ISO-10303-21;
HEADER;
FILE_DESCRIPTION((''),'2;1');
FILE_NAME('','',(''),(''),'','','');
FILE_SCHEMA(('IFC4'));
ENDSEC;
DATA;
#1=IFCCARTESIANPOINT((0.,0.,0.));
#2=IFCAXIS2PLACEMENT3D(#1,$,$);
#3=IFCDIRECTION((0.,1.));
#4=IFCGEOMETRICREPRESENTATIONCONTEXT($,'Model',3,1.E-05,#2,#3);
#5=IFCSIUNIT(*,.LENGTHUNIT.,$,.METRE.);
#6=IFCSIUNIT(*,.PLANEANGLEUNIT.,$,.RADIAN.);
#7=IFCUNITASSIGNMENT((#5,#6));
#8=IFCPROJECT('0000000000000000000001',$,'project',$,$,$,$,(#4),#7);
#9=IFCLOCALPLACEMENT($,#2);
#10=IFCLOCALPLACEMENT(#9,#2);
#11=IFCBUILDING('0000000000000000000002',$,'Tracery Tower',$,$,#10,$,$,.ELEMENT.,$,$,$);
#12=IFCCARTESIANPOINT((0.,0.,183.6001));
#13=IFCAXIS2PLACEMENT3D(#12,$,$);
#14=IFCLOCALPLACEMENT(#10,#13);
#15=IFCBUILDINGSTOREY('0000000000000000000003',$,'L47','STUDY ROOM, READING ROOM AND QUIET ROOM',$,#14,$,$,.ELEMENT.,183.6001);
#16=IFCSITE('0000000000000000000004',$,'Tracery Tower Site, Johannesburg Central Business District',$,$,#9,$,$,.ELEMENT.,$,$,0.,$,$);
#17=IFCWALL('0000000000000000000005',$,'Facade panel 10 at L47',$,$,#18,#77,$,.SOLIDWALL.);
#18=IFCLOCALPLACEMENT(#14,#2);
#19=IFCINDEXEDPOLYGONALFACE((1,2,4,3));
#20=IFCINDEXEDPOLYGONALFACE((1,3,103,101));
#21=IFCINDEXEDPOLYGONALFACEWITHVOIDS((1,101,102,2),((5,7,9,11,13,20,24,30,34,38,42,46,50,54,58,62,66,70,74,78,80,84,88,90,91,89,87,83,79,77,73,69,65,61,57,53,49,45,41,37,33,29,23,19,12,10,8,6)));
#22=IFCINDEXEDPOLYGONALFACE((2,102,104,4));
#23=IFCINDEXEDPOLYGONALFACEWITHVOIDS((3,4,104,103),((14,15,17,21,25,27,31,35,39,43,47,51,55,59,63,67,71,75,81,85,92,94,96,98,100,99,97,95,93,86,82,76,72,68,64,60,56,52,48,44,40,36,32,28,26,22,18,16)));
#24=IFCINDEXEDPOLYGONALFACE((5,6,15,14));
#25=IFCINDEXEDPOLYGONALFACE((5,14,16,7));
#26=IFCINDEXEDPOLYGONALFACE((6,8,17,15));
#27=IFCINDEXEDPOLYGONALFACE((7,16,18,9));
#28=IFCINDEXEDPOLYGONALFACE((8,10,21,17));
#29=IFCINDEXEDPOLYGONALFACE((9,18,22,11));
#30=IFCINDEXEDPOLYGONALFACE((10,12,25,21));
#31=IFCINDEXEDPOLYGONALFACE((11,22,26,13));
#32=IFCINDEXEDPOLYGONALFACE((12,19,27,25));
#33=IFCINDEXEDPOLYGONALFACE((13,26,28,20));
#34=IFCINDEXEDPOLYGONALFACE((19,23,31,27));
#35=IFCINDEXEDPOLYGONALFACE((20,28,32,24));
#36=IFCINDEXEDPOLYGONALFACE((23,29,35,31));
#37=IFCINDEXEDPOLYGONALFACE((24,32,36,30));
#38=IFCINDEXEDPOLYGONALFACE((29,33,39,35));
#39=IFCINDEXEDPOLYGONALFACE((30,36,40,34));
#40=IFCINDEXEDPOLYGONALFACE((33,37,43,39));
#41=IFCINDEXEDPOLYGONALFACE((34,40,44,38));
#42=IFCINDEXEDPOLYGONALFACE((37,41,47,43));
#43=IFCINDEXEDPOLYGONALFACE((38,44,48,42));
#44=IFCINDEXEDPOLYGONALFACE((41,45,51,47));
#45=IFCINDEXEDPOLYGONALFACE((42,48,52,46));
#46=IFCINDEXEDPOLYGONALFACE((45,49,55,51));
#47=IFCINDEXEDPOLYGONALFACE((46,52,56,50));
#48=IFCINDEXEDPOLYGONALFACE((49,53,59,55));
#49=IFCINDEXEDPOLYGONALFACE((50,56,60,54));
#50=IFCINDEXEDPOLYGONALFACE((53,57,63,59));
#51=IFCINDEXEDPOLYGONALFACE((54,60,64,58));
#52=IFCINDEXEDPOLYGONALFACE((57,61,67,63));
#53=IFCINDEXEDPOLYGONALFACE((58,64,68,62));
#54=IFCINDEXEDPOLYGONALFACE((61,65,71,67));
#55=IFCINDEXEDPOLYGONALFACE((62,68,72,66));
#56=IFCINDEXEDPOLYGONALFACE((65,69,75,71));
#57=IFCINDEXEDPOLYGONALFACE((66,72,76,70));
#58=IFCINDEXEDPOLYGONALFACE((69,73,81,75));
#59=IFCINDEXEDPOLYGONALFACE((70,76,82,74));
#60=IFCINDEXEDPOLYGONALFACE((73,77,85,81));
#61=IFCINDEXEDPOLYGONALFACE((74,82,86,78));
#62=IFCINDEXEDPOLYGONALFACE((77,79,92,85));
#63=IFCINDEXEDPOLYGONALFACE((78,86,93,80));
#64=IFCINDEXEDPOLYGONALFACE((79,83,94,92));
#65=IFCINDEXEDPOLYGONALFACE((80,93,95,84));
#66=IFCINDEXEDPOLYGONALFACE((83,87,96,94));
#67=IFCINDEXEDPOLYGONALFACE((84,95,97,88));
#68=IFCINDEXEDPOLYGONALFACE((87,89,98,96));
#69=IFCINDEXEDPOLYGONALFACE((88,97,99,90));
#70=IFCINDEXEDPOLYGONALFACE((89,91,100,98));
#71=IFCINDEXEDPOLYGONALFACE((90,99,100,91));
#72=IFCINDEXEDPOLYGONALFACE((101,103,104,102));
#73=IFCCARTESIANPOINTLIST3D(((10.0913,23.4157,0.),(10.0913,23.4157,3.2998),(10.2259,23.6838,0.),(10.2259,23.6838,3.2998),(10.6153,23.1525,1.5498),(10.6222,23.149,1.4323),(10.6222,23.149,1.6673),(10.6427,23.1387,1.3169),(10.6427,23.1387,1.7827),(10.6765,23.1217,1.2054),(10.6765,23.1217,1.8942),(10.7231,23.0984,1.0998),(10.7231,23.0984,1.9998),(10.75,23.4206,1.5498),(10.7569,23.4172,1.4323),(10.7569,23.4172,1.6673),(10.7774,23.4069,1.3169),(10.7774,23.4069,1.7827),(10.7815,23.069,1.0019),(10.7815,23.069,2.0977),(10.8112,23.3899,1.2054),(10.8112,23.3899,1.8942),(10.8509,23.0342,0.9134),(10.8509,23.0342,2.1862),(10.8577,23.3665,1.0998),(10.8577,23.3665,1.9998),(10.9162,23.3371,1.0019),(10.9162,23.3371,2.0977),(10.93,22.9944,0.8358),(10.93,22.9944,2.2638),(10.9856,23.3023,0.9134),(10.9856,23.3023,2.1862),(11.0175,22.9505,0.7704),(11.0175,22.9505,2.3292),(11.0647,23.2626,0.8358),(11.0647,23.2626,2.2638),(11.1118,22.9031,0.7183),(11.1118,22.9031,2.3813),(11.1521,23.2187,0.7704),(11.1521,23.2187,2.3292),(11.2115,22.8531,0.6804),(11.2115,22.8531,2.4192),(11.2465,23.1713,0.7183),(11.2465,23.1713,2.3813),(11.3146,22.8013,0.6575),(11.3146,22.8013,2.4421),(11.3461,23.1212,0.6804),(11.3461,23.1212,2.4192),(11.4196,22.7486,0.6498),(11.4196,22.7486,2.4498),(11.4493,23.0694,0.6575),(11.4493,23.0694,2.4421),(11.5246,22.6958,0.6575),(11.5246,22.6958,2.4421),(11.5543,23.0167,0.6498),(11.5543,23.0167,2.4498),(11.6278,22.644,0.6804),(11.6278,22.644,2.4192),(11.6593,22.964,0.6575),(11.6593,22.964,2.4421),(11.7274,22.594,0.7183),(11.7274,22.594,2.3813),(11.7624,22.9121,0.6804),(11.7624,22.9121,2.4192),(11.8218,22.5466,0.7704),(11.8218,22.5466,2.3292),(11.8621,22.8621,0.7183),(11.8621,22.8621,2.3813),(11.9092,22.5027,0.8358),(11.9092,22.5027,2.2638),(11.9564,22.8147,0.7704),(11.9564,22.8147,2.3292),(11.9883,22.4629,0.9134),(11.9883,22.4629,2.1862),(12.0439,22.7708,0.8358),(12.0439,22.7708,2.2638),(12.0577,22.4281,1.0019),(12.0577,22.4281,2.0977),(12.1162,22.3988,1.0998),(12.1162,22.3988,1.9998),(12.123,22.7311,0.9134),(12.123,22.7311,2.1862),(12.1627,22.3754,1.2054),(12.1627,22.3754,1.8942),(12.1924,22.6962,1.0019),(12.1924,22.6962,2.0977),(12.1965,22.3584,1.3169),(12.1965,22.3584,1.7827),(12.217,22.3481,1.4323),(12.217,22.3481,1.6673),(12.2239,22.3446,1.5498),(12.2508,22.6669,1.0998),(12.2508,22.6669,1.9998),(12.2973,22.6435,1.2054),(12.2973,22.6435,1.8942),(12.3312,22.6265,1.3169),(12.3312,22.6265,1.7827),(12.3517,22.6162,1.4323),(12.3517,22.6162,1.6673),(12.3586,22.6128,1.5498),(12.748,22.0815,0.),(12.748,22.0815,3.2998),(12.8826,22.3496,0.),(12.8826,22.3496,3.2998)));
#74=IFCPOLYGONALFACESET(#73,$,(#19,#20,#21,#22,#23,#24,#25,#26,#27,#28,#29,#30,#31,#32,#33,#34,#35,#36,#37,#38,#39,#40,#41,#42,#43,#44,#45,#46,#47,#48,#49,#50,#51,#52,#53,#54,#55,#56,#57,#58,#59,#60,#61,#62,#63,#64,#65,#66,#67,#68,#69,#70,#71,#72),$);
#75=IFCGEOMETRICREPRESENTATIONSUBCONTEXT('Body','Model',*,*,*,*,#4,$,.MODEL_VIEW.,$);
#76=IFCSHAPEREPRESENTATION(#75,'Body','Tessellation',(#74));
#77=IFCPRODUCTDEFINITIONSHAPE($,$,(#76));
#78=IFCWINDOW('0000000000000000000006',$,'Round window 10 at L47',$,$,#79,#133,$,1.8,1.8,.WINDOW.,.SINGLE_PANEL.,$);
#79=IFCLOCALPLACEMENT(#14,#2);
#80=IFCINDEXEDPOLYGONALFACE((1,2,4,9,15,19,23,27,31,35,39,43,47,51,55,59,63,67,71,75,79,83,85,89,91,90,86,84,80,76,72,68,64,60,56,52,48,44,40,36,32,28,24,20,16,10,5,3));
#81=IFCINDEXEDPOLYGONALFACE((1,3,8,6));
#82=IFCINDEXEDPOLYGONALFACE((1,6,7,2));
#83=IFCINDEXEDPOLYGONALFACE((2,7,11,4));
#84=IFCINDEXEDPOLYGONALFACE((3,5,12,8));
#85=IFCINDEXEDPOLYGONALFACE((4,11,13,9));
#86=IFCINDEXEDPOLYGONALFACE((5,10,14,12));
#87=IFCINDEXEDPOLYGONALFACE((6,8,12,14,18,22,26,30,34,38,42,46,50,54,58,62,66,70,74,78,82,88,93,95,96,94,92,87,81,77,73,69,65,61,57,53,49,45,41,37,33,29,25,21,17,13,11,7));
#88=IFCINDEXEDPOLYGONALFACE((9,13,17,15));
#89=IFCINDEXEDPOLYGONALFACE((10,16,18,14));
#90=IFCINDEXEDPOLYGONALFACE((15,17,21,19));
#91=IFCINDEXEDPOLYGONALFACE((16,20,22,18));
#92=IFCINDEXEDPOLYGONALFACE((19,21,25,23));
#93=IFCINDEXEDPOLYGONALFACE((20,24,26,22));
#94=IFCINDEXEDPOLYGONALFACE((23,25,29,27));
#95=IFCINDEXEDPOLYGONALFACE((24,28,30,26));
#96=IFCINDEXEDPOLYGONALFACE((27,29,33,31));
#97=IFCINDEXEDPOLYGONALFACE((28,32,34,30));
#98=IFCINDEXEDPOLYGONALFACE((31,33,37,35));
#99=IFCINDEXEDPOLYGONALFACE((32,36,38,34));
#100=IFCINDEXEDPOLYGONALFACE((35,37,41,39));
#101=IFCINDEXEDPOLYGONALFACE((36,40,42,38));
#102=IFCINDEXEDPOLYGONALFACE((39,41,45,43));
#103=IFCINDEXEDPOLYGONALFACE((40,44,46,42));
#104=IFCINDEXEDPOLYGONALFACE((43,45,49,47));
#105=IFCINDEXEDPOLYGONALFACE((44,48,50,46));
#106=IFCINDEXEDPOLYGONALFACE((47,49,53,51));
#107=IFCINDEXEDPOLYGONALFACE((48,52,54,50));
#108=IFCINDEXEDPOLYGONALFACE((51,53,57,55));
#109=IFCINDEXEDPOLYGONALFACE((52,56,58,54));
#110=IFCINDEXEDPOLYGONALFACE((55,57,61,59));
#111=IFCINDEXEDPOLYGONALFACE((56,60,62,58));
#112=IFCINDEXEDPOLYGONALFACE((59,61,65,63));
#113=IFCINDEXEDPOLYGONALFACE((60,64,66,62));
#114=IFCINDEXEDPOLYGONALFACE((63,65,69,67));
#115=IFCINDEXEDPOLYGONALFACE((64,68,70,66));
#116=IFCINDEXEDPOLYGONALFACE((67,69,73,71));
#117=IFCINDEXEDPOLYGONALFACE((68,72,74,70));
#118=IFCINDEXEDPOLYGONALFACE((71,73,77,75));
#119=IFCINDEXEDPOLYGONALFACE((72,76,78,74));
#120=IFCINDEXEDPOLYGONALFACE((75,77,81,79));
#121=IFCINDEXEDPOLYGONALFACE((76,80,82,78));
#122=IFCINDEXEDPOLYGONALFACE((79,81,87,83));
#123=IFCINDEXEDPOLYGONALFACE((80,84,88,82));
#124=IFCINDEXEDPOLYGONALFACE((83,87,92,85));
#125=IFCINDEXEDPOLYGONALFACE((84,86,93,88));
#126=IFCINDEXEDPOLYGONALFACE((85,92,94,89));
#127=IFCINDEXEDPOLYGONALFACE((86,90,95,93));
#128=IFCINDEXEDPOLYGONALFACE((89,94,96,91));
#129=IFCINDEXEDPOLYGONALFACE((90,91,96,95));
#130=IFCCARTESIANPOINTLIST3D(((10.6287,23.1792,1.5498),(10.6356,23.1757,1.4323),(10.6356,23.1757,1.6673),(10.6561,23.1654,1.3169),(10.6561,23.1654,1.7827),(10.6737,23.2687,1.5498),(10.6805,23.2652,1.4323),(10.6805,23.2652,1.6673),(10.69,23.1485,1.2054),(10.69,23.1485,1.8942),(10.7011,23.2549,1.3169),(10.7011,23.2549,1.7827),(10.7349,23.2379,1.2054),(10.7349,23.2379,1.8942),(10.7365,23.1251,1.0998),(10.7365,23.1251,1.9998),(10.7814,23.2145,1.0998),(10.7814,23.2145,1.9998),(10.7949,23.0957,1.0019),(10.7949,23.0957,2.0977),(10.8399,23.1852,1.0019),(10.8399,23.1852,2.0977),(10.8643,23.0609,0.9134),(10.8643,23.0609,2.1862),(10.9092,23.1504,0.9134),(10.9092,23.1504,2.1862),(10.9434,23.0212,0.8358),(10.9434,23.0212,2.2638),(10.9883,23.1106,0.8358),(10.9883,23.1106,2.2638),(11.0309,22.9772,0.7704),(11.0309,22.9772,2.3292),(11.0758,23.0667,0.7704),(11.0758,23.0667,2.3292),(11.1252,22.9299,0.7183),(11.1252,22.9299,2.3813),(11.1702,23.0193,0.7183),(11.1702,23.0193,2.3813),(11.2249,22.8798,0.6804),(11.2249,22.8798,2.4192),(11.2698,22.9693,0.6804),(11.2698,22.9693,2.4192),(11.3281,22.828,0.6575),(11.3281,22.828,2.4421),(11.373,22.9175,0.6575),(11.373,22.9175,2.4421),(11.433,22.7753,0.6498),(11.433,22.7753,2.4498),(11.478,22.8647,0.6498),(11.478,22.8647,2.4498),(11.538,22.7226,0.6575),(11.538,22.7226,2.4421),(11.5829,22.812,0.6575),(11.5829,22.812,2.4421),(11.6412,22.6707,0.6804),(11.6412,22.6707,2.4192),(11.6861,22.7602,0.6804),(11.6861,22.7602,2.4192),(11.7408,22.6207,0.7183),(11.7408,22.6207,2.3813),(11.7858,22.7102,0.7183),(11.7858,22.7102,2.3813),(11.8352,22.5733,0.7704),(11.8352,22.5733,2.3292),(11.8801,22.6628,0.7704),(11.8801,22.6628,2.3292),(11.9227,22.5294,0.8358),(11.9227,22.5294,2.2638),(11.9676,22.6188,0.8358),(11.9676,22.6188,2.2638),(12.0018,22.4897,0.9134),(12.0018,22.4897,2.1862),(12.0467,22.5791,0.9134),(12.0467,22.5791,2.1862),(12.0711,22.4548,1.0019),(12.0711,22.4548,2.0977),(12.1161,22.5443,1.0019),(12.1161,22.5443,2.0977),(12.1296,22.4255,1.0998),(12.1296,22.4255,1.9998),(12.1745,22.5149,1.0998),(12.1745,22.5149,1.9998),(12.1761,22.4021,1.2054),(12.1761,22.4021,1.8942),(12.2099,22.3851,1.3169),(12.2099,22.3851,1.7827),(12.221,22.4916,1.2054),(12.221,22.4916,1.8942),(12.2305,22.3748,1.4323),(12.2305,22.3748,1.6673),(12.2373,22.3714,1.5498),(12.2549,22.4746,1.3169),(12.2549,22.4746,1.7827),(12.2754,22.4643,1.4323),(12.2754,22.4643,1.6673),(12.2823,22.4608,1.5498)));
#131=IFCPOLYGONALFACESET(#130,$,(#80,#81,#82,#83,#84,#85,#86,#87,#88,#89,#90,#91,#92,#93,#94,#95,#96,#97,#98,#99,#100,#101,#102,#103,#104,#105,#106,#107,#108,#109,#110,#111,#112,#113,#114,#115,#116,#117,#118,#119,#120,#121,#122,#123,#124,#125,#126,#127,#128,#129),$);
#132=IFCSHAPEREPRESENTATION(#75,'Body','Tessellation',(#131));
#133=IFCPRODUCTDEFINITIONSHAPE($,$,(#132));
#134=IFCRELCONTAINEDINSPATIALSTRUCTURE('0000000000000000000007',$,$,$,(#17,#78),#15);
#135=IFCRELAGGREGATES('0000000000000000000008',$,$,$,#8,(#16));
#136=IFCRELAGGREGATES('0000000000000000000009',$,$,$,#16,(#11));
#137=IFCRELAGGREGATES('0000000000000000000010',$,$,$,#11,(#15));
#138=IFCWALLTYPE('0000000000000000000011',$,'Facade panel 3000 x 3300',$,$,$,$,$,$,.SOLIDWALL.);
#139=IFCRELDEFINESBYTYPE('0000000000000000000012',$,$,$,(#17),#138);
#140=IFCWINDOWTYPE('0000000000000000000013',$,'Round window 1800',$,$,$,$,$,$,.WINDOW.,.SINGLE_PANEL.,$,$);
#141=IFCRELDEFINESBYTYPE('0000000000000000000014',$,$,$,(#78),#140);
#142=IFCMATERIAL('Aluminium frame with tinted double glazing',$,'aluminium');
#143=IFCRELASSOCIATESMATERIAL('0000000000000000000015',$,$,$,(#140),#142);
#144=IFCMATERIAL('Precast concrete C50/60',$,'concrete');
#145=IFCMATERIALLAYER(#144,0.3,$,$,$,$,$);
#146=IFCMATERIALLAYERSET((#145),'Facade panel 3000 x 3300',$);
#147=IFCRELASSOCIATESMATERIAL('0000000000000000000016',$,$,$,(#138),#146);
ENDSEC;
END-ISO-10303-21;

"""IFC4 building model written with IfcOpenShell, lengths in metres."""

from ifc_helpers import new_model, si_unit, direction, frame, frame_2d, origin, origin_2d, place, context, subcontext, project, spatial, rectangle, circle, extrude, material, layer, layer_set, type_object, element, fill, save


model = new_model("IFC4")

# Units and contexts
model_context = context("Model", 3, precision=1e-05, world=origin(), true_north=direction((0.0, 1.0)))
body_context = subcontext(model_context, "Body", "Model", "MODEL_VIEW")
ifc_project = project(units=[si_unit("LENGTHUNIT", "METRE"), si_unit("PLANEANGLEUNIT", "RADIAN")], contexts=[model_context])

# Site, building, storey
site_placement = place(None, origin())
site = spatial("IfcSite", under=ifc_project, at=site_placement, Name="Tracery Tower Site, Johannesburg Central Business District", CompositionType="ELEMENT", RefElevation=0.0)
building_placement = place(site_placement, origin())
building = spatial("IfcBuilding", under=site, at=building_placement, Name="Tracery Tower", CompositionType="ELEMENT")
storey_placement = place(building_placement, frame((0.0, 0.0, 183.6001)))
storey = spatial("IfcBuildingStorey", under=building, at=storey_placement, Name="L47", Description="STUDY ROOM, READING ROOM AND QUIET ROOM", CompositionType="ELEMENT", Elevation=183.6001)

# Wall, opening, window
ifc_material_1 = material(Name="Aluminium frame with tinted double glazing", Category="aluminium")
window_type = type_object("IfcWindowType", Name="Round window 1800", PartitioningType="SINGLE_PANEL", PredefinedType="WINDOW", material=ifc_material_1)
ifc_material_2 = material(Name="Precast concrete C50/60", Category="concrete")
ifc_layer_1 = layer(ifc_material_2, 0.3)
ifc_layer_set_1 = layer_set([ifc_layer_1], Name="Facade panel 3000 x 3300")
wall_type_1 = type_object("IfcWallType", Name="Facade panel 3000 x 3300", PredefinedType="SOLIDWALL", material=ifc_layer_set_1)
wall_1_placement = place(storey_placement, frame((12.8152, 22.2156, 0.0), z_axis=(0.0, 0.0, 1.0), x_axis=(-0.893637, 0.44879, 0.0)))
wall_1 = element("IfcWall", 1, at=wall_1_placement, inside=storey, type_object=wall_type_1, Name="Facade panel 10 at L47", PredefinedType="SOLIDWALL", context=body_context, shape_type="SweptSolid", body=[
    extrude(rectangle(XDim=2.9729, YDim=0.3, at=frame_2d((1.4863, 0.0))), origin(), (0.0, 0.0, 1.0), 3.2998),
])
opening_1_placement = place(wall_1_placement, frame((1.4863, 0.0, 1.5498)))
opening_1 = element("IfcOpeningElement", 2, at=opening_1_placement, cuts=wall_1, PredefinedType="OPENING", context=body_context, shape_type="SweptSolid", body=[
    extrude(circle(Radius=0.9, at=origin_2d()), frame((0.0, 0.1599, 0.0), z_axis=(0.0, -1.0, 0.0), x_axis=(1.0, 0.0, 0.0)), (0.0, 0.0, 1.0), 0.3201),
])
window_1_placement = place(opening_1_placement, origin())
window_1 = element("IfcWindow", 3, at=window_1_placement, inside=storey, type_object=window_type, Name="Round window 10 at L47", OverallHeight=1.8, OverallWidth=1.8, PartitioningType="SINGLE_PANEL", PredefinedType="WINDOW", context=body_context, shape_type="SweptSolid", body=[
    extrude(circle(Radius=0.9, at=origin_2d()), frame((0.0, 0.1201, 0.0), z_axis=(0.0, -1.0, 0.0), x_axis=(1.0, 0.0, 0.0)), (0.0, 0.0, 1.0), 0.1001),
])
fill(opening_1, window_1)

save(model, "model.ifc")
